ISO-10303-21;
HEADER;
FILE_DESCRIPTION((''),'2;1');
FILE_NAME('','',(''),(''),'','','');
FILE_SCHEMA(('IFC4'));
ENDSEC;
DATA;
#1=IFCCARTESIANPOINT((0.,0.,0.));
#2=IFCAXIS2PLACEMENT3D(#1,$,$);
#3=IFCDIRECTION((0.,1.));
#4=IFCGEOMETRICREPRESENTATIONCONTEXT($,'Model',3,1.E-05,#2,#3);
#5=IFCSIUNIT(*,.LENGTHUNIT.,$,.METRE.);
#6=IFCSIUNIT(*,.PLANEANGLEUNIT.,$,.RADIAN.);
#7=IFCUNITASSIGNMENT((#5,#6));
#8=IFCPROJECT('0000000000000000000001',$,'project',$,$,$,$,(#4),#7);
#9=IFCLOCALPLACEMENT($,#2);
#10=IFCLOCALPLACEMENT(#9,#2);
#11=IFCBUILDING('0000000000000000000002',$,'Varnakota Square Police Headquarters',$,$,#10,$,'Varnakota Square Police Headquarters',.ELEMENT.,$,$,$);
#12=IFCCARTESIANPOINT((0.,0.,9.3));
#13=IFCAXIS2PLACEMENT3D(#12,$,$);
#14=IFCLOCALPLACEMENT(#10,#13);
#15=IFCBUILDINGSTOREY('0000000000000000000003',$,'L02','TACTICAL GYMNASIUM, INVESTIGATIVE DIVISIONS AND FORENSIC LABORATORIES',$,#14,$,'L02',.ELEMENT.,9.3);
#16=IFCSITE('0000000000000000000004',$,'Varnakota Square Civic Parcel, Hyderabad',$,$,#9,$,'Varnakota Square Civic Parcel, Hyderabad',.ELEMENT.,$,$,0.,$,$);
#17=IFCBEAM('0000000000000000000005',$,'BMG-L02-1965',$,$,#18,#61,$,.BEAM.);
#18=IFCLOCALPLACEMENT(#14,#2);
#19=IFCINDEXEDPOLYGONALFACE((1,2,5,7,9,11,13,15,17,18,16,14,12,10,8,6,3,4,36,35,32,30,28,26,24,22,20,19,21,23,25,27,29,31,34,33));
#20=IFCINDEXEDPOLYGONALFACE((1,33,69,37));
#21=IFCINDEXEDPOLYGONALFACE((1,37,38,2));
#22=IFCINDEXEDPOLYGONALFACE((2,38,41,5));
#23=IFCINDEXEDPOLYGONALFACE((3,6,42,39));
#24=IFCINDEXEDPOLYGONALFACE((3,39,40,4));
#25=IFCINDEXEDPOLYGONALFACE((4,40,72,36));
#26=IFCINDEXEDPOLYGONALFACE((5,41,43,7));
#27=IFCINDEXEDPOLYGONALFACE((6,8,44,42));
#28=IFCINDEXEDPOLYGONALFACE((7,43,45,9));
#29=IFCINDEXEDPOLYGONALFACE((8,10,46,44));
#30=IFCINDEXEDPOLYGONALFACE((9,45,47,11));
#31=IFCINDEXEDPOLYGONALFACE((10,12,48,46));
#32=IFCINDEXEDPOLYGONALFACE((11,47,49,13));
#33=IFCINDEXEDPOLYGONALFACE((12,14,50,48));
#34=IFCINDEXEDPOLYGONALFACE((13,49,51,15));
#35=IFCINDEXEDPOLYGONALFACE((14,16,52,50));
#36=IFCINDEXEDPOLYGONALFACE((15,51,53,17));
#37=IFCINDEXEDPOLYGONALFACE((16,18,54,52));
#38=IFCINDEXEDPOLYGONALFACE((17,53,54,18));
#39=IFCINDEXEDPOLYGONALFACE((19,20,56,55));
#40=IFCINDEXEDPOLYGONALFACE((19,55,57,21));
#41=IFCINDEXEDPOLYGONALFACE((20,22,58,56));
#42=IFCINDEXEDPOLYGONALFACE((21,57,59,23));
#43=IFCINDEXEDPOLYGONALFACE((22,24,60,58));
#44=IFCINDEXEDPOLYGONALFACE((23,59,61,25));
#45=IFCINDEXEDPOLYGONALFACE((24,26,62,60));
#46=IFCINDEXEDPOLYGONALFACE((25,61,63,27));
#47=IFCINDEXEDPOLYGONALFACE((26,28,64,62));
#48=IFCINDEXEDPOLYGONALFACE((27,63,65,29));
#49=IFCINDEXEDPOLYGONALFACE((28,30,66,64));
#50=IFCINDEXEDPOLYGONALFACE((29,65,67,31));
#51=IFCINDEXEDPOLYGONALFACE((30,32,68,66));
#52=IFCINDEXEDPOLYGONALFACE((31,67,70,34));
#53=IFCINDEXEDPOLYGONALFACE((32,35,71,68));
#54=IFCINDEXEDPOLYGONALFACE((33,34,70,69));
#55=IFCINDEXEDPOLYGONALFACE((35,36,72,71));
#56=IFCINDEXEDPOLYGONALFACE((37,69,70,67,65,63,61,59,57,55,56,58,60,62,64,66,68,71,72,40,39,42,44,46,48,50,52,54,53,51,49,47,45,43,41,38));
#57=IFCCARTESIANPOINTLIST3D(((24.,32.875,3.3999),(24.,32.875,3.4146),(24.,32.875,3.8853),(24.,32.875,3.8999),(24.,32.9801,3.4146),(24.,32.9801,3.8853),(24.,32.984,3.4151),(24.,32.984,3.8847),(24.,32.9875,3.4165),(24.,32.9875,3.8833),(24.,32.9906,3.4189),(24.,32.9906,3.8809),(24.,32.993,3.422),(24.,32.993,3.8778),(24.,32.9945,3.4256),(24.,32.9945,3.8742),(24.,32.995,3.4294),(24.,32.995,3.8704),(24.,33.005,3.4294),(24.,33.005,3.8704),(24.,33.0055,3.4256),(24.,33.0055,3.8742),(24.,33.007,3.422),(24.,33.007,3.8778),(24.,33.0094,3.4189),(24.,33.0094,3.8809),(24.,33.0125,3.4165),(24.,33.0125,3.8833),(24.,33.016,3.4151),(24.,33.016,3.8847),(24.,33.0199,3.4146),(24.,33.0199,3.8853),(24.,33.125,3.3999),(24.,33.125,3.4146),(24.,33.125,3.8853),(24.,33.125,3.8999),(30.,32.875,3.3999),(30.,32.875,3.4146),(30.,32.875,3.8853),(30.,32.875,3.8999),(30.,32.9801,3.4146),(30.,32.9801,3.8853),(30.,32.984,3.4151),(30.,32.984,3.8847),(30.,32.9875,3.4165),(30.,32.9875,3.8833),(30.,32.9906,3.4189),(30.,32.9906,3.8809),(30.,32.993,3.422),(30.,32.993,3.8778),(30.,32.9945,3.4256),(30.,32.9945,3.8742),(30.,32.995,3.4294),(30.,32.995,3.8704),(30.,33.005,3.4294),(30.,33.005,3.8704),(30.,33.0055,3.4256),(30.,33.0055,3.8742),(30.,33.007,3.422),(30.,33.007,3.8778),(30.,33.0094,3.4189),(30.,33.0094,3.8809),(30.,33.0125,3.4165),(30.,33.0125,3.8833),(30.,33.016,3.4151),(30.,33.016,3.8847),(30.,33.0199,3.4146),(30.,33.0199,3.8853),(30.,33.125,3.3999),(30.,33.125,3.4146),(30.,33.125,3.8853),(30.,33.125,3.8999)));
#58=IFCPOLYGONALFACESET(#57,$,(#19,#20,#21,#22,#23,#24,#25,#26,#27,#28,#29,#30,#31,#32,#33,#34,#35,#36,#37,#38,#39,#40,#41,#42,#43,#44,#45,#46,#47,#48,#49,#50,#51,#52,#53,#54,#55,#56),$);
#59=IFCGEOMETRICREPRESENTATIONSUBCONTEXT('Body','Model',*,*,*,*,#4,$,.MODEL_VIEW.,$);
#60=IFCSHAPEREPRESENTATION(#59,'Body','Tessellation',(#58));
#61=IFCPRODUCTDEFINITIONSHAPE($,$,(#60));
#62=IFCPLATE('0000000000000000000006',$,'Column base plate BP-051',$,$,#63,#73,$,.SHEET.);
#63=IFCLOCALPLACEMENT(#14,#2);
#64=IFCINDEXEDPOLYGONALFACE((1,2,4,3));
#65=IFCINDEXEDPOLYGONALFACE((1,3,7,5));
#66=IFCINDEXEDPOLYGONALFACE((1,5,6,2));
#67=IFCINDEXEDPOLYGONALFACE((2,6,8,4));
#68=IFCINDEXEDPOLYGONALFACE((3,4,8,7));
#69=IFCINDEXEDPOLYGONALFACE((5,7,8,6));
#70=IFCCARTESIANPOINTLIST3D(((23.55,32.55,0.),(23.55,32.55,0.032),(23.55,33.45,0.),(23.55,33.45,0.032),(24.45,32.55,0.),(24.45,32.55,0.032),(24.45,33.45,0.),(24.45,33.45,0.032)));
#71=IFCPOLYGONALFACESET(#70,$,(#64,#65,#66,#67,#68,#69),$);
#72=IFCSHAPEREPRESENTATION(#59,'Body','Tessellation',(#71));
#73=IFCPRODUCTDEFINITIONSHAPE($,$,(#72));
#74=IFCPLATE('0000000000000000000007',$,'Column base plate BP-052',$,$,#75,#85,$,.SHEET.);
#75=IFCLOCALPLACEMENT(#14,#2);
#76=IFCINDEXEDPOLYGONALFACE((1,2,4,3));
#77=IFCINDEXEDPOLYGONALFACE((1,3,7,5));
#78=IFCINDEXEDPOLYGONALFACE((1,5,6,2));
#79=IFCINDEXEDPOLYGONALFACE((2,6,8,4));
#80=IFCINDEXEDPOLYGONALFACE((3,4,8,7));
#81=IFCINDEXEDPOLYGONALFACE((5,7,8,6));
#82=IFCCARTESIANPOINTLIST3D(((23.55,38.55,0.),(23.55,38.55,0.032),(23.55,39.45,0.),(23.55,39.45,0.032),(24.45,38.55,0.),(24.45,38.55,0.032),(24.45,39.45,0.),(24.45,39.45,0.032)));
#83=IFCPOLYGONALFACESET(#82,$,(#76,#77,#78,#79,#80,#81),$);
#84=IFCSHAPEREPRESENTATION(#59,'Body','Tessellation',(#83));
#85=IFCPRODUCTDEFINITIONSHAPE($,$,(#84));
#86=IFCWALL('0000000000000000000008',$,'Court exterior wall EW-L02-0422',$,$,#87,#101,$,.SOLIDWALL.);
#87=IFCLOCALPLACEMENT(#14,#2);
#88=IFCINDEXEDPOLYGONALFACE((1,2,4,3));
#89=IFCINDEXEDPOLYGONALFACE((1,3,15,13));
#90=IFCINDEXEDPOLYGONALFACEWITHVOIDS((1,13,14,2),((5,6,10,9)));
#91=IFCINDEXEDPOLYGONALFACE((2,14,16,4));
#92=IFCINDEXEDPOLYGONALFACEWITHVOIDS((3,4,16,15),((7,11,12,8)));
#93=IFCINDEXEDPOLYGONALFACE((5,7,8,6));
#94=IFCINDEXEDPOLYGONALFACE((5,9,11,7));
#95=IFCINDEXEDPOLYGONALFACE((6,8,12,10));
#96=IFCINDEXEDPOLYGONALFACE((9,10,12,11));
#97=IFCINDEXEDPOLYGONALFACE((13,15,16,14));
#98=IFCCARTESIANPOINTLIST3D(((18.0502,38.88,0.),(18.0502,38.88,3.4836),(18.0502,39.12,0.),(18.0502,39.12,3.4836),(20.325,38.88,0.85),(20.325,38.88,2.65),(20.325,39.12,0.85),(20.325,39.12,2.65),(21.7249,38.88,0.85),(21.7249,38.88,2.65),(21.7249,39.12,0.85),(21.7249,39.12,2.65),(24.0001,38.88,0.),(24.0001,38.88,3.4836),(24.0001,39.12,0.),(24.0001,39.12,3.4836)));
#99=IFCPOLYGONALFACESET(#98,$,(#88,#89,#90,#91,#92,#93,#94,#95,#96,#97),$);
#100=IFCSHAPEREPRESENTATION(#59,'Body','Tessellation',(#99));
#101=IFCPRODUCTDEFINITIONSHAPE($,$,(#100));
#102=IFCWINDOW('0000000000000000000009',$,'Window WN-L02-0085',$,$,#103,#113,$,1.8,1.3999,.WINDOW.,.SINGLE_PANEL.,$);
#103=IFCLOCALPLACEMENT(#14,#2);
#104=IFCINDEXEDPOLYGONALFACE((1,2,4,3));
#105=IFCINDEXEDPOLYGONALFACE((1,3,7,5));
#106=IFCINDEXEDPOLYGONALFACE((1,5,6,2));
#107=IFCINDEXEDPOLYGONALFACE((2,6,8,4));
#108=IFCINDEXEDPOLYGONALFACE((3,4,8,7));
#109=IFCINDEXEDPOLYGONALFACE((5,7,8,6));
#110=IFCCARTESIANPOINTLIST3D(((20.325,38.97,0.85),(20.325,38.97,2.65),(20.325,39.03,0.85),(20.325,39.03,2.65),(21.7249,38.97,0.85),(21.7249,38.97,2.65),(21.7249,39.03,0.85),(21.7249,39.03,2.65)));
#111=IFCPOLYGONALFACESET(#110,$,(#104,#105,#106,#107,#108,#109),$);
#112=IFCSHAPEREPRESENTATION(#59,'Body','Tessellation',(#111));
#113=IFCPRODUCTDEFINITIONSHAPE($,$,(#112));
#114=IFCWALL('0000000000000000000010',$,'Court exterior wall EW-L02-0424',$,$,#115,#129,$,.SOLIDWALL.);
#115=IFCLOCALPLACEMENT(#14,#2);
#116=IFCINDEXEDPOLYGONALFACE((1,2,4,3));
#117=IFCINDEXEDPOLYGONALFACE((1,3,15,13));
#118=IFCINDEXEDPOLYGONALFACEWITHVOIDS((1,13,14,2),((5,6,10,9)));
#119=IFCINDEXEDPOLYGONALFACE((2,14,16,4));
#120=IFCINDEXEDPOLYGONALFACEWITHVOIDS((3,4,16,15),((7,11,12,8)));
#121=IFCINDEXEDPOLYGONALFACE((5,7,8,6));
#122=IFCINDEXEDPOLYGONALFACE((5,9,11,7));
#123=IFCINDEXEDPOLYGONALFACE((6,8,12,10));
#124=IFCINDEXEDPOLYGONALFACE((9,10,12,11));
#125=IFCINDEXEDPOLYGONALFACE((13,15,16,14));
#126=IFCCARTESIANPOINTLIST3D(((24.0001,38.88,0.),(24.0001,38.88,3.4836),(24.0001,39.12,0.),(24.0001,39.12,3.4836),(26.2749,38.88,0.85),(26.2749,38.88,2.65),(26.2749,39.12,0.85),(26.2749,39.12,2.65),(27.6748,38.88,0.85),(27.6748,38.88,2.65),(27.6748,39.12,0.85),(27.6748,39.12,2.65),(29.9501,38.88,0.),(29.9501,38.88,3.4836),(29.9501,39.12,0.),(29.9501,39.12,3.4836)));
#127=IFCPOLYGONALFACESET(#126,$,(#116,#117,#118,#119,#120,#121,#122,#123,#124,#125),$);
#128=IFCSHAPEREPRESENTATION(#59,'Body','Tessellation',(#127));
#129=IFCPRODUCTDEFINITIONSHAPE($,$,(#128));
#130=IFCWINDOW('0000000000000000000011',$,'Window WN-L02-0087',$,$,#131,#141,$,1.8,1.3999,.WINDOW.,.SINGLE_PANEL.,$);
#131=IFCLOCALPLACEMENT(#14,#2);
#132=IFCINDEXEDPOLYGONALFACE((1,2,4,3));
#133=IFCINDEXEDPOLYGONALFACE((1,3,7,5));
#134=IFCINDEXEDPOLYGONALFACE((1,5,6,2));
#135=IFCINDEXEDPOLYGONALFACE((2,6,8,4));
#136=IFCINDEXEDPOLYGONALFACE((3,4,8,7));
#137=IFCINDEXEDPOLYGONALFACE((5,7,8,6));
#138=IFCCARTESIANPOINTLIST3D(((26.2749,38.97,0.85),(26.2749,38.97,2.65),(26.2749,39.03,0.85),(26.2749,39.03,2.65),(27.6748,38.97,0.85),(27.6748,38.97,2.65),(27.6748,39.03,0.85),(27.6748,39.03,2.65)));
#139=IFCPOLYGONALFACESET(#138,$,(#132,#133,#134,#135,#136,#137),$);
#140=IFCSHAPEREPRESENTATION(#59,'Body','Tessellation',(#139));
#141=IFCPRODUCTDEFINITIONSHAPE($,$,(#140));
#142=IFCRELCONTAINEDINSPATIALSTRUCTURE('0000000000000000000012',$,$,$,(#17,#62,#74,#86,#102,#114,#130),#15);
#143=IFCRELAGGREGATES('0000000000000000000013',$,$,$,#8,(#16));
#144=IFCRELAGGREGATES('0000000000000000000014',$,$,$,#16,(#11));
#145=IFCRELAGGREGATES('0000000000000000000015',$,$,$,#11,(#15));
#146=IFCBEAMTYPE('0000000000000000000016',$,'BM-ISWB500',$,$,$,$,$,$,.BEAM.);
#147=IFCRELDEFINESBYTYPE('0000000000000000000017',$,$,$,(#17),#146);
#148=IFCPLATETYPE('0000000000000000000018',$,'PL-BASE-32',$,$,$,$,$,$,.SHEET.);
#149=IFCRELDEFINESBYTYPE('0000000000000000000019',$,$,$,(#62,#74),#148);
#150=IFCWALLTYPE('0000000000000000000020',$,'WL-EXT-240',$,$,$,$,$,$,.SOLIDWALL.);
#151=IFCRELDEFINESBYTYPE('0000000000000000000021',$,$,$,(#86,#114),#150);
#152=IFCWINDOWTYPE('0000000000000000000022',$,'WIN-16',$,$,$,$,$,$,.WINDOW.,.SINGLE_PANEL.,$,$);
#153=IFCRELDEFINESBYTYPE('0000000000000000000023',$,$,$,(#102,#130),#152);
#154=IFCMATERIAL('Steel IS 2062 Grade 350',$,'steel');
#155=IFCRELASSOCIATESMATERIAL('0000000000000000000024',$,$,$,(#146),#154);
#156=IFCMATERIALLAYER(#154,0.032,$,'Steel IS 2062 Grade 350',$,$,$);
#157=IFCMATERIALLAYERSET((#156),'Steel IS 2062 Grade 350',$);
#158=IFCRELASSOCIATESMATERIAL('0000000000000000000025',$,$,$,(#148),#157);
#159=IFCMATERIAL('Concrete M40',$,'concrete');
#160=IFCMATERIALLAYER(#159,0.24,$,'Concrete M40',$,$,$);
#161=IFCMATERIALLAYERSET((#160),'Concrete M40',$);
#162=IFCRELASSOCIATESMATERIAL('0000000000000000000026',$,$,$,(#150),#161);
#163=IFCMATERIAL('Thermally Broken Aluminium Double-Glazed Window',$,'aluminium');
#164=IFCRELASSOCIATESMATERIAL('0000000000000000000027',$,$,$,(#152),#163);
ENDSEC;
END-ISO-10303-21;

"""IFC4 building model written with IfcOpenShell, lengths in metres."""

from ifc_helpers import new_model, si_unit, direction, frame, frame_2d, origin, origin_2d, place, context, subcontext, project, spatial, rectangle, i_section, extrude, material, layer, layer_set, material_profile, profile_set, type_object, element, fill, save


model = new_model("IFC4")

# Units and contexts
model_context = context("Model", 3, precision=1e-05, world=origin(), true_north=direction((0.0, 1.0)))
body_context = subcontext(model_context, "Body", "Model", "MODEL_VIEW")
ifc_project = project(units=[si_unit("LENGTHUNIT", "METRE"), si_unit("PLANEANGLEUNIT", "RADIAN")], contexts=[model_context])

# Site, building, storey
site_placement = place(None, origin())
site = spatial("IfcSite", under=ifc_project, at=site_placement, Name="Varnakota Square Civic Parcel, Hyderabad", LongName="Varnakota Square Civic Parcel, Hyderabad", CompositionType="ELEMENT", RefElevation=0.0)
building_placement = place(site_placement, origin())
building = spatial("IfcBuilding", under=site, at=building_placement, Name="Varnakota Square Police Headquarters", LongName="Varnakota Square Police Headquarters", CompositionType="ELEMENT")
storey_placement = place(building_placement, frame((0.0, 0.0, 9.3)))
storey = spatial("IfcBuildingStorey", under=building, at=storey_placement, Name="L02", Description="TACTICAL GYMNASIUM, INVESTIGATIVE DIVISIONS AND FORENSIC LABORATORIES", LongName="L02", CompositionType="ELEMENT", Elevation=9.3)

# Shared definitions
ifc_material_1 = material(Name="Steel IS 2062 Grade 350", Category="steel")

# Beam
ifc_material_profile_1 = material_profile(ifc_material_1, i_section(OverallWidth=0.25, OverallDepth=0.5, WebThickness=0.01, FlangeThickness=0.0146, FilletRadius=0.0149, at=origin_2d()), Name="ISWB 500")
ifc_profile_set_1 = profile_set([ifc_material_profile_1], Name="Steel IS 2062 Grade 350")
beam_type_1 = type_object("IfcBeamType", Name="BM-ISWB500", PredefinedType="BEAM", material=ifc_profile_set_1)
beam_1_placement = place(storey_placement, frame((24.0, 33.0, 3.6499), z_axis=(1.0, 0.0, 0.0), x_axis=(0.0, 1.0, 0.0)))
element("IfcBeam", 1, at=beam_1_placement, inside=storey, type_object=beam_type_1, Name="BMG-L02-1965", PredefinedType="BEAM", context=body_context, shape_type="SweptSolid", body=[
    extrude(i_section(OverallWidth=0.25, OverallDepth=0.5, WebThickness=0.01, FlangeThickness=0.0146, FilletRadius=0.0149, at=origin_2d()), origin(), (0.0, 0.0, 1.0), 6.0),
])

# Plates
ifc_layer_1 = layer(ifc_material_1, 0.032, Name="Steel IS 2062 Grade 350")
ifc_layer_set_1 = layer_set([ifc_layer_1], Name="Steel IS 2062 Grade 350")
plate_type = type_object("IfcPlateType", Name="PL-BASE-32", PredefinedType="SHEET", material=ifc_layer_set_1)
for number, where, z_axis, x_axis, name in (
    (2, (24.0, 33.0, 0.0), (0.0, 0.0, 1.0), (1.0, 0.0, 0.0), "Column base plate BP-051"),
    (3, (24.0, 39.0, 0.0), (0.0, 0.0, 1.0), (1.0, 0.0, 0.0), "Column base plate BP-052"),
):
    element("IfcPlate", number, at=place(storey_placement, frame(where, z_axis=z_axis, x_axis=x_axis)), inside=storey, type_object=plate_type, Name=name, PredefinedType="SHEET", context=body_context, shape_type="SweptSolid", body=[
        extrude(rectangle(XDim=0.8999, YDim=0.8999, at=origin_2d()), origin(), (0.0, 0.0, 1.0), 0.032),
    ])

# Walls, openings, windows
ifc_material_2 = material(Name="Concrete M40", Category="concrete")
ifc_layer_2 = layer(ifc_material_2, 0.24, Name="Concrete M40")
ifc_layer_set_2 = layer_set([ifc_layer_2], Name="Concrete M40")
wall_type = type_object("IfcWallType", Name="WL-EXT-240", PredefinedType="SOLIDWALL", material=ifc_layer_set_2)
wall_1_placement = place(storey_placement, frame((18.05, 39.0, 0.0), z_axis=(0.0, 0.0, 1.0), x_axis=(1.0, 0.0, 0.0)))
wall_1 = element("IfcWall", 4, at=wall_1_placement, inside=storey, type_object=wall_type, Name="Court exterior wall EW-L02-0422", PredefinedType="SOLIDWALL", context=body_context, shape_type="SweptSolid", body=[
    extrude(rectangle(XDim=5.95, YDim=0.24, at=frame_2d((2.9751, 0.0))), origin(), (0.0, 0.0, 1.0), 3.4836),
])
opening_1_placement = place(wall_1_placement, frame((2.2749, 0.0, 0.8501)))
opening_1 = element("IfcOpeningElement", 5, at=opening_1_placement, cuts=wall_1, PredefinedType="OPENING", context=body_context, shape_type="SweptSolid", body=[
    extrude(rectangle(XDim=1.3999, YDim=1.8, at=frame_2d((0.7, 0.8999))), frame((0.0, 0.1299, 0.0), z_axis=(0.0, -1.0, 0.0), x_axis=(1.0, 0.0, 0.0)), (0.0, 0.0, 1.0), 0.26),
])
ifc_material_3 = material(Name="Thermally Broken Aluminium Double-Glazed Window", Category="aluminium")
window_type = type_object("IfcWindowType", Name="WIN-16", PartitioningType="SINGLE_PANEL", PredefinedType="WINDOW", material=ifc_material_3)
window_1_placement = place(opening_1_placement, origin())
window_1 = element("IfcWindow", 6, at=window_1_placement, inside=storey, type_object=window_type, Name="Window WN-L02-0085", OverallHeight=1.8, OverallWidth=1.3999, PartitioningType="SINGLE_PANEL", PredefinedType="WINDOW", context=body_context, shape_type="SweptSolid", body=[
    extrude(rectangle(XDim=1.3999, YDim=1.8, at=frame_2d((0.7, 0.8999))), frame((0.0, 0.03, 0.0), z_axis=(0.0, -1.0, 0.0), x_axis=(1.0, 0.0, 0.0)), (0.0, 0.0, 1.0), 0.0601),
])
fill(opening_1, window_1)
wall_2_placement = place(storey_placement, frame((24.0, 39.0, 0.0), z_axis=(0.0, 0.0, 1.0), x_axis=(1.0, 0.0, 0.0)))
wall_2 = element("IfcWall", 7, at=wall_2_placement, inside=storey, type_object=wall_type, Name="Court exterior wall EW-L02-0424", PredefinedType="SOLIDWALL", context=body_context, shape_type="SweptSolid", body=[
    extrude(rectangle(XDim=5.95, YDim=0.24, at=frame_2d((2.9751, 0.0))), origin(), (0.0, 0.0, 1.0), 3.4836),
])
opening_2_placement = place(wall_2_placement, frame((2.2749, 0.0, 0.8501)))
opening_2 = element("IfcOpeningElement", 8, at=opening_2_placement, cuts=wall_2, PredefinedType="OPENING", context=body_context, shape_type="SweptSolid", body=[
    extrude(rectangle(XDim=1.3999, YDim=1.8, at=frame_2d((0.7, 0.8999))), frame((0.0, 0.1299, 0.0), z_axis=(0.0, -1.0, 0.0), x_axis=(1.0, 0.0, 0.0)), (0.0, 0.0, 1.0), 0.26),
])
window_2_placement = place(opening_2_placement, origin())
window_2 = element("IfcWindow", 9, at=window_2_placement, inside=storey, type_object=window_type, Name="Window WN-L02-0087", OverallHeight=1.8, OverallWidth=1.3999, PartitioningType="SINGLE_PANEL", PredefinedType="WINDOW", context=body_context, shape_type="SweptSolid", body=[
    extrude(rectangle(XDim=1.3999, YDim=1.8, at=frame_2d((0.7, 0.8999))), frame((0.0, 0.03, 0.0), z_axis=(0.0, -1.0, 0.0), x_axis=(1.0, 0.0, 0.0)), (0.0, 0.0, 1.0), 0.0601),
])
fill(opening_2, window_2)

save(model, "model.ifc")
